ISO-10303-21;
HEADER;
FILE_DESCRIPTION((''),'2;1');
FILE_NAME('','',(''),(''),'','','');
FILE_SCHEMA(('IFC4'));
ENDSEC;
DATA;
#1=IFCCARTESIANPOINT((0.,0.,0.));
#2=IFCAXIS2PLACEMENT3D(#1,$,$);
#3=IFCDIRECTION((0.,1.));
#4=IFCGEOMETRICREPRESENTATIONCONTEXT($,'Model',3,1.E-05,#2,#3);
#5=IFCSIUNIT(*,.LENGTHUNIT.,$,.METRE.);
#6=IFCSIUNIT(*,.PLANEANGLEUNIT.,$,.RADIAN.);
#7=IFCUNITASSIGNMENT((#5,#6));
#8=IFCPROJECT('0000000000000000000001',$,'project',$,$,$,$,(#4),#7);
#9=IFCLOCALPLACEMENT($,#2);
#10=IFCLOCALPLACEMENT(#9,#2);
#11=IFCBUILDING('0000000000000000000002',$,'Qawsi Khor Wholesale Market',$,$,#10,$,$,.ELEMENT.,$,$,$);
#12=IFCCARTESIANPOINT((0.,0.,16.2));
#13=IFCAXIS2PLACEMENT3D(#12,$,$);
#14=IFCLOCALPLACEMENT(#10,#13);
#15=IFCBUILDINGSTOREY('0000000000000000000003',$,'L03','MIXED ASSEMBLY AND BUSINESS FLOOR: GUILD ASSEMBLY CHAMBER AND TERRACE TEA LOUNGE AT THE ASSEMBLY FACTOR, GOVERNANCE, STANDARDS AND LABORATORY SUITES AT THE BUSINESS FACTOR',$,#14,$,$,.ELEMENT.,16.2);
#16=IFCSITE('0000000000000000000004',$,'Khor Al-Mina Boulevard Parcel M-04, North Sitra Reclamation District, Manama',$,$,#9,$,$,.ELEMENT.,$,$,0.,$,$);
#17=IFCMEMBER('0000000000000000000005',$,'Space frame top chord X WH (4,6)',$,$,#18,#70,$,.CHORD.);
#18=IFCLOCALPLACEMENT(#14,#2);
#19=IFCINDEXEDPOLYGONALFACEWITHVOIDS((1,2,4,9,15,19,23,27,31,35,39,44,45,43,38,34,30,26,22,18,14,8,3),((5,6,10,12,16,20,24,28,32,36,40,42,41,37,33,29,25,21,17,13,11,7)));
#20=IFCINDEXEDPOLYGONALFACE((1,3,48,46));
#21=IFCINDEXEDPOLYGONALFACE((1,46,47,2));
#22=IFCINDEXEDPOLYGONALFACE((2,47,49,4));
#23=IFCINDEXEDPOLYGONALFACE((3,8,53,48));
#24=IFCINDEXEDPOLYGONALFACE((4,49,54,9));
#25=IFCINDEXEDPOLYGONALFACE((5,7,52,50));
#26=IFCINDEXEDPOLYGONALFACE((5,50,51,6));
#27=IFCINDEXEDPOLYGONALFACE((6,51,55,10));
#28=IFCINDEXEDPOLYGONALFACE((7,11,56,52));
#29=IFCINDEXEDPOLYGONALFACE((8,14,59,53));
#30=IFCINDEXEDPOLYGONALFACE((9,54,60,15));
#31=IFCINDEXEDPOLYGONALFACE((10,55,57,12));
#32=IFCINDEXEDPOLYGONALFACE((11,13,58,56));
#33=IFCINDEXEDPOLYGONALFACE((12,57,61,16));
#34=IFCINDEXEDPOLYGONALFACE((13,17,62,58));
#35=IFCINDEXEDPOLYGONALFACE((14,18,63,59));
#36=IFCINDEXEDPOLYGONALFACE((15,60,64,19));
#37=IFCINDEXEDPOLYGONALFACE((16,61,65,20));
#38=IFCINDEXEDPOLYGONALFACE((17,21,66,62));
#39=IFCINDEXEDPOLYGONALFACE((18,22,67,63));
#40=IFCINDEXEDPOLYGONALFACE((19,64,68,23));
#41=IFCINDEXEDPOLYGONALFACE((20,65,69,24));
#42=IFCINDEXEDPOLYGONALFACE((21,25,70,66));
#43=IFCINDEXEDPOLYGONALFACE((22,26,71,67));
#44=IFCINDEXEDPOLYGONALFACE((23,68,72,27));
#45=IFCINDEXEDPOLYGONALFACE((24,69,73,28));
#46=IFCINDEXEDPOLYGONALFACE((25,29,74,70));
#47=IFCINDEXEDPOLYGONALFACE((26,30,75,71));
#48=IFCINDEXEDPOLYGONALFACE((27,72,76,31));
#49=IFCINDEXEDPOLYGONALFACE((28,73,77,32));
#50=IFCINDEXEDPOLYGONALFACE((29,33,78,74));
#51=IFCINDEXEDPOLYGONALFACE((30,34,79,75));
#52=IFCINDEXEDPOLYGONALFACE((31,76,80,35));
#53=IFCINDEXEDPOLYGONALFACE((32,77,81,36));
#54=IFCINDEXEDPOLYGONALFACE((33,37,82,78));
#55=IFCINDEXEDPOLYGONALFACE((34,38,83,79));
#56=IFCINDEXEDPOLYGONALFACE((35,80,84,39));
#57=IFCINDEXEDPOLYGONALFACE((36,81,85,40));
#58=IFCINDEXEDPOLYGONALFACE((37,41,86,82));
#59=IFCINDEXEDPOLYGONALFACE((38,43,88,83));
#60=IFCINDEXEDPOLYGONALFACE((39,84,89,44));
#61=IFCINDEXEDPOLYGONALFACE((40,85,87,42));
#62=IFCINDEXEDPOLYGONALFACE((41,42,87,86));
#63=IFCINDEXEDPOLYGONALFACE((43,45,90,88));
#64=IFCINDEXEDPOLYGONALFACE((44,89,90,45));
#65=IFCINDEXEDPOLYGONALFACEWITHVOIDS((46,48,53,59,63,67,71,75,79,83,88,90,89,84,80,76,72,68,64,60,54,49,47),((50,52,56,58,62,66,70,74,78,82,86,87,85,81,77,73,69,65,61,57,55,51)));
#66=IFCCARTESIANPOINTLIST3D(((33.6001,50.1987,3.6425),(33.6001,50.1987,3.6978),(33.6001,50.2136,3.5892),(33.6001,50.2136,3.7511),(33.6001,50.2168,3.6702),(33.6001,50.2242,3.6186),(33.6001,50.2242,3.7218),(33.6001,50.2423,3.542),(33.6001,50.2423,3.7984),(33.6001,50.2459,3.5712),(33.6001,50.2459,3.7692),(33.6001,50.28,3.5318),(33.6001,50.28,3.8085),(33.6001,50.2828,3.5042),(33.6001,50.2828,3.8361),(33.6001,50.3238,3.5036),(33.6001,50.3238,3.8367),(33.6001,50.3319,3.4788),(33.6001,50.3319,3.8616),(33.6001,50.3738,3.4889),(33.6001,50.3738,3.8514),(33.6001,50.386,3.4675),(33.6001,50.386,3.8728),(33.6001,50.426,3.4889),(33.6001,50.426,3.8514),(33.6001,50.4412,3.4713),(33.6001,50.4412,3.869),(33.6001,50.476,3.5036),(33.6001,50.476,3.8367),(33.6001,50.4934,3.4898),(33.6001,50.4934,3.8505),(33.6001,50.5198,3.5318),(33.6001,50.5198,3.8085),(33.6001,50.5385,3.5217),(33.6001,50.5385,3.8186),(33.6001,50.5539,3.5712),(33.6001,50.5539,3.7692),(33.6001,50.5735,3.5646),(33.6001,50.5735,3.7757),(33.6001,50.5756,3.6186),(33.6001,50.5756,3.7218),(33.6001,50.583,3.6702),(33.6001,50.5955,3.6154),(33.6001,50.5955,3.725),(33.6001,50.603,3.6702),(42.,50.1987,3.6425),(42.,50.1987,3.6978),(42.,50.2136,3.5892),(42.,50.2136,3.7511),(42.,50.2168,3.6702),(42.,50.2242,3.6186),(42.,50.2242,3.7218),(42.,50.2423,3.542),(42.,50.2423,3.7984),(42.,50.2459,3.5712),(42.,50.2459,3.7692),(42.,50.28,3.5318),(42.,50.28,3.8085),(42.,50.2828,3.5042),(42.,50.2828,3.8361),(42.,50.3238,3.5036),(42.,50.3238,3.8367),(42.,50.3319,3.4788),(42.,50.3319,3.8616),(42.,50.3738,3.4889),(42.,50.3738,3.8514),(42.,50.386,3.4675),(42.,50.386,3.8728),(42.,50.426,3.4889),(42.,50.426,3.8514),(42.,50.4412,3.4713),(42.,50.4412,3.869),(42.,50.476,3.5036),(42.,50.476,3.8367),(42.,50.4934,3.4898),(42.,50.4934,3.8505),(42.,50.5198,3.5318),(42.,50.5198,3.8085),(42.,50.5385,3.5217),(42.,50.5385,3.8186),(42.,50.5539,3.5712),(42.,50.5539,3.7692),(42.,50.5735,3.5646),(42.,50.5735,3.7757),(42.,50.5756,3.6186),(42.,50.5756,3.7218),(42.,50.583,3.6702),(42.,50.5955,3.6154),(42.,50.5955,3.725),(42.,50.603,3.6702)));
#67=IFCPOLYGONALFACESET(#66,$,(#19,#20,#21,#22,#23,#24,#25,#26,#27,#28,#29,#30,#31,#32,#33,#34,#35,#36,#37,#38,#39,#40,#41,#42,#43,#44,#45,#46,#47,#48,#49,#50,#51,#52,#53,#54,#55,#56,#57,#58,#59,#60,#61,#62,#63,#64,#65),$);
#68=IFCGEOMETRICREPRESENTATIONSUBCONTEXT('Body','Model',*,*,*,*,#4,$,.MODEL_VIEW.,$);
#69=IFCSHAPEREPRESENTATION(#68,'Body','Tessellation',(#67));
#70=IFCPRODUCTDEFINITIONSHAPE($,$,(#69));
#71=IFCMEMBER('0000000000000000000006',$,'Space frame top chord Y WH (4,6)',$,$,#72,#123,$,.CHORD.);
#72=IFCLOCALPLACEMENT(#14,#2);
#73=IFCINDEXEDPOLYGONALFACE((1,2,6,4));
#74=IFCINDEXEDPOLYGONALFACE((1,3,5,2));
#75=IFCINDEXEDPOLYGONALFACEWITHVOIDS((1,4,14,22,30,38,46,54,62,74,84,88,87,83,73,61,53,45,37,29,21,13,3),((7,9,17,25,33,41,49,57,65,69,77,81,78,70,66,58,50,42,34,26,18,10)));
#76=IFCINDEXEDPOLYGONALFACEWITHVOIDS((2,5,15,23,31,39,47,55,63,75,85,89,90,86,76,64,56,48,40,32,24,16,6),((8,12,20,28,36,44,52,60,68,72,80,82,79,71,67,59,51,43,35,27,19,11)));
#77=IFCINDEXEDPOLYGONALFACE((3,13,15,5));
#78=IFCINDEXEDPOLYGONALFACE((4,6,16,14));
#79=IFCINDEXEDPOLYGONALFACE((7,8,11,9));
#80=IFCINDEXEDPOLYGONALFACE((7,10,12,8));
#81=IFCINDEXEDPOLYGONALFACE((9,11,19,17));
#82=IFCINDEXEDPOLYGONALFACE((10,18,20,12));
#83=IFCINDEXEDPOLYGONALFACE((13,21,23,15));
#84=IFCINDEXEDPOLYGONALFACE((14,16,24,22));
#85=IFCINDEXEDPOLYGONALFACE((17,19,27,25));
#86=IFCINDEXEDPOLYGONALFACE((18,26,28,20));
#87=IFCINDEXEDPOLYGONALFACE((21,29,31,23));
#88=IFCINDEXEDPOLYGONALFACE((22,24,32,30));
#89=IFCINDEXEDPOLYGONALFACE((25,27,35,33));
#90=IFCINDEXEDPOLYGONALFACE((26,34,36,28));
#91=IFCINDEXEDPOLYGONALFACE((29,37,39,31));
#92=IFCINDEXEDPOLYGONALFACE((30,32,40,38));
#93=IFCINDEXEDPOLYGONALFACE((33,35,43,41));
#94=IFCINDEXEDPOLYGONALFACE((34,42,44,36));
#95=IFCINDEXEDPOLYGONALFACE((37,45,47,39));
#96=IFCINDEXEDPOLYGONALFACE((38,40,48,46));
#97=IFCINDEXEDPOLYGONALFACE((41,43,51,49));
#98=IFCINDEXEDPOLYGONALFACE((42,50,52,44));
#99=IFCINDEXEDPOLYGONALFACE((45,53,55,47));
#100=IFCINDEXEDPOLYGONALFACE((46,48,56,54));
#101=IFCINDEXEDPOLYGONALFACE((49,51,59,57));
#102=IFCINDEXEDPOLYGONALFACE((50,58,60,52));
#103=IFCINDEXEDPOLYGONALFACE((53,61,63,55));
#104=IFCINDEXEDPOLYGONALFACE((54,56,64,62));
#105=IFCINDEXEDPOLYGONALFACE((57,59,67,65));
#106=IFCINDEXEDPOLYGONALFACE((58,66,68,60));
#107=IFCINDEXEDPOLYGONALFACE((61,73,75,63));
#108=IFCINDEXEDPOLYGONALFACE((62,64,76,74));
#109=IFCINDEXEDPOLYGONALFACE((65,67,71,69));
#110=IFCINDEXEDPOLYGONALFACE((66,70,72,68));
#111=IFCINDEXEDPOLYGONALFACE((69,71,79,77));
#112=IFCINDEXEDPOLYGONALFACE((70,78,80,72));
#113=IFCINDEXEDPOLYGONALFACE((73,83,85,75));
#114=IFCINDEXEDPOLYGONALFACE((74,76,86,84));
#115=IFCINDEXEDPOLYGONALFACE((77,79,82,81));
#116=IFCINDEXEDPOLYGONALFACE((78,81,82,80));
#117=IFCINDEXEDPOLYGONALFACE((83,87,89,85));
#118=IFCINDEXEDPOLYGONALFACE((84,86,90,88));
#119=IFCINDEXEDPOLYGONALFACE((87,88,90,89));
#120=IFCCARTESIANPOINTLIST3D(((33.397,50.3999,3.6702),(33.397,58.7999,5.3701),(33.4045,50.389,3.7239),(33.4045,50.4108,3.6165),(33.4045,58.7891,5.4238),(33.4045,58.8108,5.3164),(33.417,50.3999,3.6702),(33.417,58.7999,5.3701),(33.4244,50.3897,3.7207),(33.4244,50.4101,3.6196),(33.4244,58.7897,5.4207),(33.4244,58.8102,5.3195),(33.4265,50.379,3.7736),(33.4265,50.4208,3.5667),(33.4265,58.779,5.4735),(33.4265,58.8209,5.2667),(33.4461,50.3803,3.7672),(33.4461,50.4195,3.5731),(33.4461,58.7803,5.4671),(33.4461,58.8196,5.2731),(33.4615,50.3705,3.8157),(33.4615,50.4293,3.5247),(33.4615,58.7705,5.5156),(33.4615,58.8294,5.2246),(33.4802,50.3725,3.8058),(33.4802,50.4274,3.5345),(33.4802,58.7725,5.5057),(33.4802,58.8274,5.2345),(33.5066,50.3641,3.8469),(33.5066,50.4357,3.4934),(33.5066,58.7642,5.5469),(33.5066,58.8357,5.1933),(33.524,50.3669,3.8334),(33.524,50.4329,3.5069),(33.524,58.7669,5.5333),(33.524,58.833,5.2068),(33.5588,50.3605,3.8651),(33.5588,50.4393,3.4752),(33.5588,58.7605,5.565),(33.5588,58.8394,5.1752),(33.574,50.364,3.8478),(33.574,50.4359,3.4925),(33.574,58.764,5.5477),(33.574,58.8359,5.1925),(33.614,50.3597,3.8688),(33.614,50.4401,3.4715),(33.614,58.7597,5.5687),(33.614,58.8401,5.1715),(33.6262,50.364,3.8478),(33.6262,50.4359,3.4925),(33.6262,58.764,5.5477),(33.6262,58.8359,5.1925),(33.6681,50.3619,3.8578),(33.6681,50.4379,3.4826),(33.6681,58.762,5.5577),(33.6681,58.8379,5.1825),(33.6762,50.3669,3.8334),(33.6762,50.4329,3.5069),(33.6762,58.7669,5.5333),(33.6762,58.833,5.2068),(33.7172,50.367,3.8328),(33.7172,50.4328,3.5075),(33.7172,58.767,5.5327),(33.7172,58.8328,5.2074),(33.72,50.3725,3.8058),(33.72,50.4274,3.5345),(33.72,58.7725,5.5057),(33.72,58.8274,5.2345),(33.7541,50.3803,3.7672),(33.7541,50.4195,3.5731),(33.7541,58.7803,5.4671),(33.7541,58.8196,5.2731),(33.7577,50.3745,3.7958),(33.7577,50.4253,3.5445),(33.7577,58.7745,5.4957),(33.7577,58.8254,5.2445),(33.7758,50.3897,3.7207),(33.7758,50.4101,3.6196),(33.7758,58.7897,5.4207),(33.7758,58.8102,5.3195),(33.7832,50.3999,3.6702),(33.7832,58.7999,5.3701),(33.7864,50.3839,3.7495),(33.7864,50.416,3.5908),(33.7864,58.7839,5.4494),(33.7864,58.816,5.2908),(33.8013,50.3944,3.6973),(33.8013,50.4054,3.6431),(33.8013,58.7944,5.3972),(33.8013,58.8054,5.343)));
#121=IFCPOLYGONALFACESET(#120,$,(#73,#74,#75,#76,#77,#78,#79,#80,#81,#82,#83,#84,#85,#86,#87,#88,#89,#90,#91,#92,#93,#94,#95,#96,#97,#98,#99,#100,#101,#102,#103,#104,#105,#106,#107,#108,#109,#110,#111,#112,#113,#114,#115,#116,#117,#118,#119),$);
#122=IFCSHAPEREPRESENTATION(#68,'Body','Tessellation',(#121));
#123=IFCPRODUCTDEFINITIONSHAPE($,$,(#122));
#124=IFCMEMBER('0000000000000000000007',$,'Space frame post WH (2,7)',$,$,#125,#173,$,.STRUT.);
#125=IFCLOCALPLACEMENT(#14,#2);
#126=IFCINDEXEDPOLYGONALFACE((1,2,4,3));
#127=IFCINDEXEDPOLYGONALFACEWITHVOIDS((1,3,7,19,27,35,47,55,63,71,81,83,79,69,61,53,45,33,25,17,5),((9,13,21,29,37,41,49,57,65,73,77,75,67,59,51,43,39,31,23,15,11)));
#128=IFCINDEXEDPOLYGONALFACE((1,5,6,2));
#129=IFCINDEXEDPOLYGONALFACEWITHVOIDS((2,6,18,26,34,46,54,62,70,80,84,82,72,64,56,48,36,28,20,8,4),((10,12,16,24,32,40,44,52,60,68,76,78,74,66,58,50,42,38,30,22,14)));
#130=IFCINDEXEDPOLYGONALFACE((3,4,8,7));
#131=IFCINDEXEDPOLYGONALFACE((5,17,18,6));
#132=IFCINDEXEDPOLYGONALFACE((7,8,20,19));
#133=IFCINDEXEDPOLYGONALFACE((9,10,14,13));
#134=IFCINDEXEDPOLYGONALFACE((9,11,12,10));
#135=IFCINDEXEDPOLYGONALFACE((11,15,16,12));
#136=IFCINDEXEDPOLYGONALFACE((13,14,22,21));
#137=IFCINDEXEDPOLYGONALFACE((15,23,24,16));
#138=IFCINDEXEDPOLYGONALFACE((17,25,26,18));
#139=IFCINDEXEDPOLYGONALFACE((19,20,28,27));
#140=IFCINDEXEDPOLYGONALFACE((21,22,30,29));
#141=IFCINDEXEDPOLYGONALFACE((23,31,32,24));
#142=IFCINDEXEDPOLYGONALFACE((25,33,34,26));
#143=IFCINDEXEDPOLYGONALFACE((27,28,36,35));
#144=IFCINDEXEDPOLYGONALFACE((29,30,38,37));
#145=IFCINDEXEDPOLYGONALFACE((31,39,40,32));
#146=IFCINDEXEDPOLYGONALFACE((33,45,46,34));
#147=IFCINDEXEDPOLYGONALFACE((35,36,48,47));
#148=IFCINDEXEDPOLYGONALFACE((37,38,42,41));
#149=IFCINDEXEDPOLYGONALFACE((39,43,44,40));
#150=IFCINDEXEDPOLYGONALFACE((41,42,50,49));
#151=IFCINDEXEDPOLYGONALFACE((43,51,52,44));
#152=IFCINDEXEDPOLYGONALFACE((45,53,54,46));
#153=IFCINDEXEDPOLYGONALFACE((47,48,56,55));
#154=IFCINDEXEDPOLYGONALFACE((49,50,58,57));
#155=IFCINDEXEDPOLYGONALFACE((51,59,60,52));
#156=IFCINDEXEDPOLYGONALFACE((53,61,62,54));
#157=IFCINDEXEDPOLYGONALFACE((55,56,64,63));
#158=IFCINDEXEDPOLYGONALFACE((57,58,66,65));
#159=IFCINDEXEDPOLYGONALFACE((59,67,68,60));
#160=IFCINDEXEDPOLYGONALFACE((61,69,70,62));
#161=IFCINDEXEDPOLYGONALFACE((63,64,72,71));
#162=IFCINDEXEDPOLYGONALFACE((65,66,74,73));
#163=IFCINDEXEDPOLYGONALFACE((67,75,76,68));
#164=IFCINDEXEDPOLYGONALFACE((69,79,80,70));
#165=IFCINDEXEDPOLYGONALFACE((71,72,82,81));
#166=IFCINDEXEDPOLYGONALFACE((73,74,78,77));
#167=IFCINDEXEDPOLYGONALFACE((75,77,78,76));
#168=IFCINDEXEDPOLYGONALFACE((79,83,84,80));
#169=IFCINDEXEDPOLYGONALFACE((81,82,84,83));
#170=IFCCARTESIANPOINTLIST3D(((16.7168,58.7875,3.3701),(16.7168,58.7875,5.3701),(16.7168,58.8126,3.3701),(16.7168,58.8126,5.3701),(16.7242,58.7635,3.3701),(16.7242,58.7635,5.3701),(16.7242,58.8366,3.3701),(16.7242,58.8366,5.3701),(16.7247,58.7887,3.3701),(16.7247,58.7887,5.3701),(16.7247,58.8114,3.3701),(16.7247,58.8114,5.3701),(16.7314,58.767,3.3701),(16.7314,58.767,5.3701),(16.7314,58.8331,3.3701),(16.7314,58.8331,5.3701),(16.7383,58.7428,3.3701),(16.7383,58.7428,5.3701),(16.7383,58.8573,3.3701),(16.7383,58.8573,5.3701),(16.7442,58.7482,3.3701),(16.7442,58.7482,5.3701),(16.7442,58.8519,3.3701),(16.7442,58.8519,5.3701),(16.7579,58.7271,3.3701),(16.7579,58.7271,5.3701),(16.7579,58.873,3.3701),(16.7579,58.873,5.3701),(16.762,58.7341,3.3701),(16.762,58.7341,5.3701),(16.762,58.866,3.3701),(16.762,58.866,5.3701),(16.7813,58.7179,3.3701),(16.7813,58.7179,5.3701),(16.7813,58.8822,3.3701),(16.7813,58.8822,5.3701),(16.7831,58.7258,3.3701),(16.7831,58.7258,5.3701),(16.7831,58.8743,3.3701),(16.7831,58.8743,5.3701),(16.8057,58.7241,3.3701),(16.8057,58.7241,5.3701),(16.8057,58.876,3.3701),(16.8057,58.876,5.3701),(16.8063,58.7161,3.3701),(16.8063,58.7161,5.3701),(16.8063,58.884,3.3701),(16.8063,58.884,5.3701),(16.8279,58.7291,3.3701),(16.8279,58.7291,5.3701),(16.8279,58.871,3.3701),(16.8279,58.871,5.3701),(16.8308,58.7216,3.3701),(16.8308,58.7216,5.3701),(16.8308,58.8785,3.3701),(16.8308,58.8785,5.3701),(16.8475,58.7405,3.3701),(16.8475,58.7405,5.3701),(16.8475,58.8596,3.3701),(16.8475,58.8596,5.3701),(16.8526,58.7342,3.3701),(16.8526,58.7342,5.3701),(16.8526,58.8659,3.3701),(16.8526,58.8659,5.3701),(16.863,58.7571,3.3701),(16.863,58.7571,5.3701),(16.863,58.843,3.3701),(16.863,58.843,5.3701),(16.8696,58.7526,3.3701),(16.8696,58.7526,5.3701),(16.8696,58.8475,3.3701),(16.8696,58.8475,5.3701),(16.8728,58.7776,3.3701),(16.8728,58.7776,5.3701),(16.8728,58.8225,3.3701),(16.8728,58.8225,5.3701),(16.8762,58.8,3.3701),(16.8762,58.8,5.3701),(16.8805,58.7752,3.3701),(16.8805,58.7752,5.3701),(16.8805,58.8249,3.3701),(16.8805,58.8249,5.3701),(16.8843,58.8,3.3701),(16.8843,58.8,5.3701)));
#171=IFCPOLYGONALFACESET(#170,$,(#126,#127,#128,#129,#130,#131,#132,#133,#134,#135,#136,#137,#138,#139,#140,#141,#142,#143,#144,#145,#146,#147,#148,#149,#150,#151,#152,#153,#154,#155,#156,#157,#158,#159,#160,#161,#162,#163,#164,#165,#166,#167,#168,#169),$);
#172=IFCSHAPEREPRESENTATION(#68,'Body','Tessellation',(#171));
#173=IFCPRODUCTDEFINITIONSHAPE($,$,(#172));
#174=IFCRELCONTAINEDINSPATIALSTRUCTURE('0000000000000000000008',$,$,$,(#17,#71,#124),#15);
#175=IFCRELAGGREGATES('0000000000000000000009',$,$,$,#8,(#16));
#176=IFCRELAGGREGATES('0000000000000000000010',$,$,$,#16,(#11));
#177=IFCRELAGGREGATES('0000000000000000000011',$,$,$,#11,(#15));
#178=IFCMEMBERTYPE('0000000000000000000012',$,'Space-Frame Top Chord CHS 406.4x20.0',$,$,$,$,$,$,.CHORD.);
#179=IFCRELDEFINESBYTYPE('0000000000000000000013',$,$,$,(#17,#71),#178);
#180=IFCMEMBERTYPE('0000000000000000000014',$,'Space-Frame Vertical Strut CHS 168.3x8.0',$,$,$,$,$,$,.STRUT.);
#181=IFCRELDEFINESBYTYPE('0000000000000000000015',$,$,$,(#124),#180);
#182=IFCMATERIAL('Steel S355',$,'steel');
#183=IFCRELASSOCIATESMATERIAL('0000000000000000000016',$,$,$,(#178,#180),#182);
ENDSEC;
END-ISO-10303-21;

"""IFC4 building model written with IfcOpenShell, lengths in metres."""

from ifc_helpers import new_model, si_unit, direction, frame, origin, origin_2d, place, context, subcontext, project, spatial, hollow_circle, extrude, material, material_profile, profile_set, type_object, element, save


model = new_model("IFC4")

# Units and contexts
model_context = context("Model", 3, precision=1e-05, world=origin(), true_north=direction((0.0, 1.0)))
body_context = subcontext(model_context, "Body", "Model", "MODEL_VIEW")
ifc_project = project(units=[si_unit("LENGTHUNIT", "METRE"), si_unit("PLANEANGLEUNIT", "RADIAN")], contexts=[model_context])

# Site, building, storey
site_placement = place(None, origin())
site = spatial("IfcSite", under=ifc_project, at=site_placement, Name="Khor Al-Mina Boulevard Parcel M-04, North Sitra Reclamation District, Manama", CompositionType="ELEMENT", RefElevation=0.0)
building_placement = place(site_placement, origin())
building = spatial("IfcBuilding", under=site, at=building_placement, Name="Qawsi Khor Wholesale Market", CompositionType="ELEMENT")
storey_placement = place(building_placement, frame((0.0, 0.0, 16.2)))
storey = spatial("IfcBuildingStorey", under=building, at=storey_placement, Name="L03", Description="MIXED ASSEMBLY AND BUSINESS FLOOR: GUILD ASSEMBLY CHAMBER AND TERRACE TEA LOUNGE AT THE ASSEMBLY FACTOR, GOVERNANCE, STANDARDS AND LABORATORY SUITES AT THE BUSINESS FACTOR", CompositionType="ELEMENT", Elevation=16.2)

# Members
ifc_material_1 = material(Name="Steel S355", Category="steel")
ifc_material_profile_1 = material_profile(ifc_material_1, hollow_circle(Radius=0.2031, WallThickness=0.02, at=origin_2d()), Name="CHS 406.4x20.0")
ifc_profile_set_1 = profile_set([ifc_material_profile_1], Name="Steel S355")
member_type_1 = type_object("IfcMemberType", Name="Space-Frame Top Chord CHS 406.4x20.0", PredefinedType="CHORD", material=ifc_profile_set_1)
member_1_placement = place(storey_placement, frame((33.6001, 50.3999, 3.6702), z_axis=(1.0, 0.0, 0.0), x_axis=(0.0, 1.0, 0.0)))
element("IfcMember", 1, at=member_1_placement, inside=storey, type_object=member_type_1, Name="Space frame top chord X WH (4,6)", PredefinedType="CHORD", context=body_context, shape_type="SweptSolid", body=[
    extrude(hollow_circle(Radius=0.2031, WallThickness=0.02, at=origin_2d()), origin(), (0.0, 0.0, 1.0), 8.3999),
])
member_2_placement = place(storey_placement, frame((33.6001, 50.3999, 3.6702), z_axis=(0.0, 0.980131, 0.198351), x_axis=(-1.0, 0.0, 0.0)))
element("IfcMember", 2, at=member_2_placement, inside=storey, type_object=member_type_1, Name="Space frame top chord Y WH (4,6)", PredefinedType="CHORD", context=body_context, shape_type="SweptSolid", body=[
    extrude(hollow_circle(Radius=0.2031, WallThickness=0.02, at=origin_2d()), origin(), (0.0, 0.0, 1.0), 8.5703),
])
ifc_material_profile_2 = material_profile(ifc_material_1, hollow_circle(Radius=0.0842, WallThickness=0.0081, at=origin_2d()), Name="CHS 168.3x8.0")
ifc_profile_set_2 = profile_set([ifc_material_profile_2], Name="Steel S355")
member_type_2 = type_object("IfcMemberType", Name="Space-Frame Vertical Strut CHS 168.3x8.0", PredefinedType="STRUT", material=ifc_profile_set_2)
for number, where, z_axis, x_axis, name in (
    (3, (16.8, 58.8, 3.3701), (0.0, 0.0, 1.0), (1.0, 0.0, 0.0), "Space frame post WH (2,7)"),
):
    element("IfcMember", number, at=place(storey_placement, frame(where, z_axis=z_axis, x_axis=x_axis)), inside=storey, type_object=member_type_2, Name=name, PredefinedType="STRUT", context=body_context, shape_type="SweptSolid", body=[
        extrude(hollow_circle(Radius=0.0842, WallThickness=0.0081, at=origin_2d()), origin(), (0.0, 0.0, 1.0), 2.0),
    ])

save(model, "model.ifc")
